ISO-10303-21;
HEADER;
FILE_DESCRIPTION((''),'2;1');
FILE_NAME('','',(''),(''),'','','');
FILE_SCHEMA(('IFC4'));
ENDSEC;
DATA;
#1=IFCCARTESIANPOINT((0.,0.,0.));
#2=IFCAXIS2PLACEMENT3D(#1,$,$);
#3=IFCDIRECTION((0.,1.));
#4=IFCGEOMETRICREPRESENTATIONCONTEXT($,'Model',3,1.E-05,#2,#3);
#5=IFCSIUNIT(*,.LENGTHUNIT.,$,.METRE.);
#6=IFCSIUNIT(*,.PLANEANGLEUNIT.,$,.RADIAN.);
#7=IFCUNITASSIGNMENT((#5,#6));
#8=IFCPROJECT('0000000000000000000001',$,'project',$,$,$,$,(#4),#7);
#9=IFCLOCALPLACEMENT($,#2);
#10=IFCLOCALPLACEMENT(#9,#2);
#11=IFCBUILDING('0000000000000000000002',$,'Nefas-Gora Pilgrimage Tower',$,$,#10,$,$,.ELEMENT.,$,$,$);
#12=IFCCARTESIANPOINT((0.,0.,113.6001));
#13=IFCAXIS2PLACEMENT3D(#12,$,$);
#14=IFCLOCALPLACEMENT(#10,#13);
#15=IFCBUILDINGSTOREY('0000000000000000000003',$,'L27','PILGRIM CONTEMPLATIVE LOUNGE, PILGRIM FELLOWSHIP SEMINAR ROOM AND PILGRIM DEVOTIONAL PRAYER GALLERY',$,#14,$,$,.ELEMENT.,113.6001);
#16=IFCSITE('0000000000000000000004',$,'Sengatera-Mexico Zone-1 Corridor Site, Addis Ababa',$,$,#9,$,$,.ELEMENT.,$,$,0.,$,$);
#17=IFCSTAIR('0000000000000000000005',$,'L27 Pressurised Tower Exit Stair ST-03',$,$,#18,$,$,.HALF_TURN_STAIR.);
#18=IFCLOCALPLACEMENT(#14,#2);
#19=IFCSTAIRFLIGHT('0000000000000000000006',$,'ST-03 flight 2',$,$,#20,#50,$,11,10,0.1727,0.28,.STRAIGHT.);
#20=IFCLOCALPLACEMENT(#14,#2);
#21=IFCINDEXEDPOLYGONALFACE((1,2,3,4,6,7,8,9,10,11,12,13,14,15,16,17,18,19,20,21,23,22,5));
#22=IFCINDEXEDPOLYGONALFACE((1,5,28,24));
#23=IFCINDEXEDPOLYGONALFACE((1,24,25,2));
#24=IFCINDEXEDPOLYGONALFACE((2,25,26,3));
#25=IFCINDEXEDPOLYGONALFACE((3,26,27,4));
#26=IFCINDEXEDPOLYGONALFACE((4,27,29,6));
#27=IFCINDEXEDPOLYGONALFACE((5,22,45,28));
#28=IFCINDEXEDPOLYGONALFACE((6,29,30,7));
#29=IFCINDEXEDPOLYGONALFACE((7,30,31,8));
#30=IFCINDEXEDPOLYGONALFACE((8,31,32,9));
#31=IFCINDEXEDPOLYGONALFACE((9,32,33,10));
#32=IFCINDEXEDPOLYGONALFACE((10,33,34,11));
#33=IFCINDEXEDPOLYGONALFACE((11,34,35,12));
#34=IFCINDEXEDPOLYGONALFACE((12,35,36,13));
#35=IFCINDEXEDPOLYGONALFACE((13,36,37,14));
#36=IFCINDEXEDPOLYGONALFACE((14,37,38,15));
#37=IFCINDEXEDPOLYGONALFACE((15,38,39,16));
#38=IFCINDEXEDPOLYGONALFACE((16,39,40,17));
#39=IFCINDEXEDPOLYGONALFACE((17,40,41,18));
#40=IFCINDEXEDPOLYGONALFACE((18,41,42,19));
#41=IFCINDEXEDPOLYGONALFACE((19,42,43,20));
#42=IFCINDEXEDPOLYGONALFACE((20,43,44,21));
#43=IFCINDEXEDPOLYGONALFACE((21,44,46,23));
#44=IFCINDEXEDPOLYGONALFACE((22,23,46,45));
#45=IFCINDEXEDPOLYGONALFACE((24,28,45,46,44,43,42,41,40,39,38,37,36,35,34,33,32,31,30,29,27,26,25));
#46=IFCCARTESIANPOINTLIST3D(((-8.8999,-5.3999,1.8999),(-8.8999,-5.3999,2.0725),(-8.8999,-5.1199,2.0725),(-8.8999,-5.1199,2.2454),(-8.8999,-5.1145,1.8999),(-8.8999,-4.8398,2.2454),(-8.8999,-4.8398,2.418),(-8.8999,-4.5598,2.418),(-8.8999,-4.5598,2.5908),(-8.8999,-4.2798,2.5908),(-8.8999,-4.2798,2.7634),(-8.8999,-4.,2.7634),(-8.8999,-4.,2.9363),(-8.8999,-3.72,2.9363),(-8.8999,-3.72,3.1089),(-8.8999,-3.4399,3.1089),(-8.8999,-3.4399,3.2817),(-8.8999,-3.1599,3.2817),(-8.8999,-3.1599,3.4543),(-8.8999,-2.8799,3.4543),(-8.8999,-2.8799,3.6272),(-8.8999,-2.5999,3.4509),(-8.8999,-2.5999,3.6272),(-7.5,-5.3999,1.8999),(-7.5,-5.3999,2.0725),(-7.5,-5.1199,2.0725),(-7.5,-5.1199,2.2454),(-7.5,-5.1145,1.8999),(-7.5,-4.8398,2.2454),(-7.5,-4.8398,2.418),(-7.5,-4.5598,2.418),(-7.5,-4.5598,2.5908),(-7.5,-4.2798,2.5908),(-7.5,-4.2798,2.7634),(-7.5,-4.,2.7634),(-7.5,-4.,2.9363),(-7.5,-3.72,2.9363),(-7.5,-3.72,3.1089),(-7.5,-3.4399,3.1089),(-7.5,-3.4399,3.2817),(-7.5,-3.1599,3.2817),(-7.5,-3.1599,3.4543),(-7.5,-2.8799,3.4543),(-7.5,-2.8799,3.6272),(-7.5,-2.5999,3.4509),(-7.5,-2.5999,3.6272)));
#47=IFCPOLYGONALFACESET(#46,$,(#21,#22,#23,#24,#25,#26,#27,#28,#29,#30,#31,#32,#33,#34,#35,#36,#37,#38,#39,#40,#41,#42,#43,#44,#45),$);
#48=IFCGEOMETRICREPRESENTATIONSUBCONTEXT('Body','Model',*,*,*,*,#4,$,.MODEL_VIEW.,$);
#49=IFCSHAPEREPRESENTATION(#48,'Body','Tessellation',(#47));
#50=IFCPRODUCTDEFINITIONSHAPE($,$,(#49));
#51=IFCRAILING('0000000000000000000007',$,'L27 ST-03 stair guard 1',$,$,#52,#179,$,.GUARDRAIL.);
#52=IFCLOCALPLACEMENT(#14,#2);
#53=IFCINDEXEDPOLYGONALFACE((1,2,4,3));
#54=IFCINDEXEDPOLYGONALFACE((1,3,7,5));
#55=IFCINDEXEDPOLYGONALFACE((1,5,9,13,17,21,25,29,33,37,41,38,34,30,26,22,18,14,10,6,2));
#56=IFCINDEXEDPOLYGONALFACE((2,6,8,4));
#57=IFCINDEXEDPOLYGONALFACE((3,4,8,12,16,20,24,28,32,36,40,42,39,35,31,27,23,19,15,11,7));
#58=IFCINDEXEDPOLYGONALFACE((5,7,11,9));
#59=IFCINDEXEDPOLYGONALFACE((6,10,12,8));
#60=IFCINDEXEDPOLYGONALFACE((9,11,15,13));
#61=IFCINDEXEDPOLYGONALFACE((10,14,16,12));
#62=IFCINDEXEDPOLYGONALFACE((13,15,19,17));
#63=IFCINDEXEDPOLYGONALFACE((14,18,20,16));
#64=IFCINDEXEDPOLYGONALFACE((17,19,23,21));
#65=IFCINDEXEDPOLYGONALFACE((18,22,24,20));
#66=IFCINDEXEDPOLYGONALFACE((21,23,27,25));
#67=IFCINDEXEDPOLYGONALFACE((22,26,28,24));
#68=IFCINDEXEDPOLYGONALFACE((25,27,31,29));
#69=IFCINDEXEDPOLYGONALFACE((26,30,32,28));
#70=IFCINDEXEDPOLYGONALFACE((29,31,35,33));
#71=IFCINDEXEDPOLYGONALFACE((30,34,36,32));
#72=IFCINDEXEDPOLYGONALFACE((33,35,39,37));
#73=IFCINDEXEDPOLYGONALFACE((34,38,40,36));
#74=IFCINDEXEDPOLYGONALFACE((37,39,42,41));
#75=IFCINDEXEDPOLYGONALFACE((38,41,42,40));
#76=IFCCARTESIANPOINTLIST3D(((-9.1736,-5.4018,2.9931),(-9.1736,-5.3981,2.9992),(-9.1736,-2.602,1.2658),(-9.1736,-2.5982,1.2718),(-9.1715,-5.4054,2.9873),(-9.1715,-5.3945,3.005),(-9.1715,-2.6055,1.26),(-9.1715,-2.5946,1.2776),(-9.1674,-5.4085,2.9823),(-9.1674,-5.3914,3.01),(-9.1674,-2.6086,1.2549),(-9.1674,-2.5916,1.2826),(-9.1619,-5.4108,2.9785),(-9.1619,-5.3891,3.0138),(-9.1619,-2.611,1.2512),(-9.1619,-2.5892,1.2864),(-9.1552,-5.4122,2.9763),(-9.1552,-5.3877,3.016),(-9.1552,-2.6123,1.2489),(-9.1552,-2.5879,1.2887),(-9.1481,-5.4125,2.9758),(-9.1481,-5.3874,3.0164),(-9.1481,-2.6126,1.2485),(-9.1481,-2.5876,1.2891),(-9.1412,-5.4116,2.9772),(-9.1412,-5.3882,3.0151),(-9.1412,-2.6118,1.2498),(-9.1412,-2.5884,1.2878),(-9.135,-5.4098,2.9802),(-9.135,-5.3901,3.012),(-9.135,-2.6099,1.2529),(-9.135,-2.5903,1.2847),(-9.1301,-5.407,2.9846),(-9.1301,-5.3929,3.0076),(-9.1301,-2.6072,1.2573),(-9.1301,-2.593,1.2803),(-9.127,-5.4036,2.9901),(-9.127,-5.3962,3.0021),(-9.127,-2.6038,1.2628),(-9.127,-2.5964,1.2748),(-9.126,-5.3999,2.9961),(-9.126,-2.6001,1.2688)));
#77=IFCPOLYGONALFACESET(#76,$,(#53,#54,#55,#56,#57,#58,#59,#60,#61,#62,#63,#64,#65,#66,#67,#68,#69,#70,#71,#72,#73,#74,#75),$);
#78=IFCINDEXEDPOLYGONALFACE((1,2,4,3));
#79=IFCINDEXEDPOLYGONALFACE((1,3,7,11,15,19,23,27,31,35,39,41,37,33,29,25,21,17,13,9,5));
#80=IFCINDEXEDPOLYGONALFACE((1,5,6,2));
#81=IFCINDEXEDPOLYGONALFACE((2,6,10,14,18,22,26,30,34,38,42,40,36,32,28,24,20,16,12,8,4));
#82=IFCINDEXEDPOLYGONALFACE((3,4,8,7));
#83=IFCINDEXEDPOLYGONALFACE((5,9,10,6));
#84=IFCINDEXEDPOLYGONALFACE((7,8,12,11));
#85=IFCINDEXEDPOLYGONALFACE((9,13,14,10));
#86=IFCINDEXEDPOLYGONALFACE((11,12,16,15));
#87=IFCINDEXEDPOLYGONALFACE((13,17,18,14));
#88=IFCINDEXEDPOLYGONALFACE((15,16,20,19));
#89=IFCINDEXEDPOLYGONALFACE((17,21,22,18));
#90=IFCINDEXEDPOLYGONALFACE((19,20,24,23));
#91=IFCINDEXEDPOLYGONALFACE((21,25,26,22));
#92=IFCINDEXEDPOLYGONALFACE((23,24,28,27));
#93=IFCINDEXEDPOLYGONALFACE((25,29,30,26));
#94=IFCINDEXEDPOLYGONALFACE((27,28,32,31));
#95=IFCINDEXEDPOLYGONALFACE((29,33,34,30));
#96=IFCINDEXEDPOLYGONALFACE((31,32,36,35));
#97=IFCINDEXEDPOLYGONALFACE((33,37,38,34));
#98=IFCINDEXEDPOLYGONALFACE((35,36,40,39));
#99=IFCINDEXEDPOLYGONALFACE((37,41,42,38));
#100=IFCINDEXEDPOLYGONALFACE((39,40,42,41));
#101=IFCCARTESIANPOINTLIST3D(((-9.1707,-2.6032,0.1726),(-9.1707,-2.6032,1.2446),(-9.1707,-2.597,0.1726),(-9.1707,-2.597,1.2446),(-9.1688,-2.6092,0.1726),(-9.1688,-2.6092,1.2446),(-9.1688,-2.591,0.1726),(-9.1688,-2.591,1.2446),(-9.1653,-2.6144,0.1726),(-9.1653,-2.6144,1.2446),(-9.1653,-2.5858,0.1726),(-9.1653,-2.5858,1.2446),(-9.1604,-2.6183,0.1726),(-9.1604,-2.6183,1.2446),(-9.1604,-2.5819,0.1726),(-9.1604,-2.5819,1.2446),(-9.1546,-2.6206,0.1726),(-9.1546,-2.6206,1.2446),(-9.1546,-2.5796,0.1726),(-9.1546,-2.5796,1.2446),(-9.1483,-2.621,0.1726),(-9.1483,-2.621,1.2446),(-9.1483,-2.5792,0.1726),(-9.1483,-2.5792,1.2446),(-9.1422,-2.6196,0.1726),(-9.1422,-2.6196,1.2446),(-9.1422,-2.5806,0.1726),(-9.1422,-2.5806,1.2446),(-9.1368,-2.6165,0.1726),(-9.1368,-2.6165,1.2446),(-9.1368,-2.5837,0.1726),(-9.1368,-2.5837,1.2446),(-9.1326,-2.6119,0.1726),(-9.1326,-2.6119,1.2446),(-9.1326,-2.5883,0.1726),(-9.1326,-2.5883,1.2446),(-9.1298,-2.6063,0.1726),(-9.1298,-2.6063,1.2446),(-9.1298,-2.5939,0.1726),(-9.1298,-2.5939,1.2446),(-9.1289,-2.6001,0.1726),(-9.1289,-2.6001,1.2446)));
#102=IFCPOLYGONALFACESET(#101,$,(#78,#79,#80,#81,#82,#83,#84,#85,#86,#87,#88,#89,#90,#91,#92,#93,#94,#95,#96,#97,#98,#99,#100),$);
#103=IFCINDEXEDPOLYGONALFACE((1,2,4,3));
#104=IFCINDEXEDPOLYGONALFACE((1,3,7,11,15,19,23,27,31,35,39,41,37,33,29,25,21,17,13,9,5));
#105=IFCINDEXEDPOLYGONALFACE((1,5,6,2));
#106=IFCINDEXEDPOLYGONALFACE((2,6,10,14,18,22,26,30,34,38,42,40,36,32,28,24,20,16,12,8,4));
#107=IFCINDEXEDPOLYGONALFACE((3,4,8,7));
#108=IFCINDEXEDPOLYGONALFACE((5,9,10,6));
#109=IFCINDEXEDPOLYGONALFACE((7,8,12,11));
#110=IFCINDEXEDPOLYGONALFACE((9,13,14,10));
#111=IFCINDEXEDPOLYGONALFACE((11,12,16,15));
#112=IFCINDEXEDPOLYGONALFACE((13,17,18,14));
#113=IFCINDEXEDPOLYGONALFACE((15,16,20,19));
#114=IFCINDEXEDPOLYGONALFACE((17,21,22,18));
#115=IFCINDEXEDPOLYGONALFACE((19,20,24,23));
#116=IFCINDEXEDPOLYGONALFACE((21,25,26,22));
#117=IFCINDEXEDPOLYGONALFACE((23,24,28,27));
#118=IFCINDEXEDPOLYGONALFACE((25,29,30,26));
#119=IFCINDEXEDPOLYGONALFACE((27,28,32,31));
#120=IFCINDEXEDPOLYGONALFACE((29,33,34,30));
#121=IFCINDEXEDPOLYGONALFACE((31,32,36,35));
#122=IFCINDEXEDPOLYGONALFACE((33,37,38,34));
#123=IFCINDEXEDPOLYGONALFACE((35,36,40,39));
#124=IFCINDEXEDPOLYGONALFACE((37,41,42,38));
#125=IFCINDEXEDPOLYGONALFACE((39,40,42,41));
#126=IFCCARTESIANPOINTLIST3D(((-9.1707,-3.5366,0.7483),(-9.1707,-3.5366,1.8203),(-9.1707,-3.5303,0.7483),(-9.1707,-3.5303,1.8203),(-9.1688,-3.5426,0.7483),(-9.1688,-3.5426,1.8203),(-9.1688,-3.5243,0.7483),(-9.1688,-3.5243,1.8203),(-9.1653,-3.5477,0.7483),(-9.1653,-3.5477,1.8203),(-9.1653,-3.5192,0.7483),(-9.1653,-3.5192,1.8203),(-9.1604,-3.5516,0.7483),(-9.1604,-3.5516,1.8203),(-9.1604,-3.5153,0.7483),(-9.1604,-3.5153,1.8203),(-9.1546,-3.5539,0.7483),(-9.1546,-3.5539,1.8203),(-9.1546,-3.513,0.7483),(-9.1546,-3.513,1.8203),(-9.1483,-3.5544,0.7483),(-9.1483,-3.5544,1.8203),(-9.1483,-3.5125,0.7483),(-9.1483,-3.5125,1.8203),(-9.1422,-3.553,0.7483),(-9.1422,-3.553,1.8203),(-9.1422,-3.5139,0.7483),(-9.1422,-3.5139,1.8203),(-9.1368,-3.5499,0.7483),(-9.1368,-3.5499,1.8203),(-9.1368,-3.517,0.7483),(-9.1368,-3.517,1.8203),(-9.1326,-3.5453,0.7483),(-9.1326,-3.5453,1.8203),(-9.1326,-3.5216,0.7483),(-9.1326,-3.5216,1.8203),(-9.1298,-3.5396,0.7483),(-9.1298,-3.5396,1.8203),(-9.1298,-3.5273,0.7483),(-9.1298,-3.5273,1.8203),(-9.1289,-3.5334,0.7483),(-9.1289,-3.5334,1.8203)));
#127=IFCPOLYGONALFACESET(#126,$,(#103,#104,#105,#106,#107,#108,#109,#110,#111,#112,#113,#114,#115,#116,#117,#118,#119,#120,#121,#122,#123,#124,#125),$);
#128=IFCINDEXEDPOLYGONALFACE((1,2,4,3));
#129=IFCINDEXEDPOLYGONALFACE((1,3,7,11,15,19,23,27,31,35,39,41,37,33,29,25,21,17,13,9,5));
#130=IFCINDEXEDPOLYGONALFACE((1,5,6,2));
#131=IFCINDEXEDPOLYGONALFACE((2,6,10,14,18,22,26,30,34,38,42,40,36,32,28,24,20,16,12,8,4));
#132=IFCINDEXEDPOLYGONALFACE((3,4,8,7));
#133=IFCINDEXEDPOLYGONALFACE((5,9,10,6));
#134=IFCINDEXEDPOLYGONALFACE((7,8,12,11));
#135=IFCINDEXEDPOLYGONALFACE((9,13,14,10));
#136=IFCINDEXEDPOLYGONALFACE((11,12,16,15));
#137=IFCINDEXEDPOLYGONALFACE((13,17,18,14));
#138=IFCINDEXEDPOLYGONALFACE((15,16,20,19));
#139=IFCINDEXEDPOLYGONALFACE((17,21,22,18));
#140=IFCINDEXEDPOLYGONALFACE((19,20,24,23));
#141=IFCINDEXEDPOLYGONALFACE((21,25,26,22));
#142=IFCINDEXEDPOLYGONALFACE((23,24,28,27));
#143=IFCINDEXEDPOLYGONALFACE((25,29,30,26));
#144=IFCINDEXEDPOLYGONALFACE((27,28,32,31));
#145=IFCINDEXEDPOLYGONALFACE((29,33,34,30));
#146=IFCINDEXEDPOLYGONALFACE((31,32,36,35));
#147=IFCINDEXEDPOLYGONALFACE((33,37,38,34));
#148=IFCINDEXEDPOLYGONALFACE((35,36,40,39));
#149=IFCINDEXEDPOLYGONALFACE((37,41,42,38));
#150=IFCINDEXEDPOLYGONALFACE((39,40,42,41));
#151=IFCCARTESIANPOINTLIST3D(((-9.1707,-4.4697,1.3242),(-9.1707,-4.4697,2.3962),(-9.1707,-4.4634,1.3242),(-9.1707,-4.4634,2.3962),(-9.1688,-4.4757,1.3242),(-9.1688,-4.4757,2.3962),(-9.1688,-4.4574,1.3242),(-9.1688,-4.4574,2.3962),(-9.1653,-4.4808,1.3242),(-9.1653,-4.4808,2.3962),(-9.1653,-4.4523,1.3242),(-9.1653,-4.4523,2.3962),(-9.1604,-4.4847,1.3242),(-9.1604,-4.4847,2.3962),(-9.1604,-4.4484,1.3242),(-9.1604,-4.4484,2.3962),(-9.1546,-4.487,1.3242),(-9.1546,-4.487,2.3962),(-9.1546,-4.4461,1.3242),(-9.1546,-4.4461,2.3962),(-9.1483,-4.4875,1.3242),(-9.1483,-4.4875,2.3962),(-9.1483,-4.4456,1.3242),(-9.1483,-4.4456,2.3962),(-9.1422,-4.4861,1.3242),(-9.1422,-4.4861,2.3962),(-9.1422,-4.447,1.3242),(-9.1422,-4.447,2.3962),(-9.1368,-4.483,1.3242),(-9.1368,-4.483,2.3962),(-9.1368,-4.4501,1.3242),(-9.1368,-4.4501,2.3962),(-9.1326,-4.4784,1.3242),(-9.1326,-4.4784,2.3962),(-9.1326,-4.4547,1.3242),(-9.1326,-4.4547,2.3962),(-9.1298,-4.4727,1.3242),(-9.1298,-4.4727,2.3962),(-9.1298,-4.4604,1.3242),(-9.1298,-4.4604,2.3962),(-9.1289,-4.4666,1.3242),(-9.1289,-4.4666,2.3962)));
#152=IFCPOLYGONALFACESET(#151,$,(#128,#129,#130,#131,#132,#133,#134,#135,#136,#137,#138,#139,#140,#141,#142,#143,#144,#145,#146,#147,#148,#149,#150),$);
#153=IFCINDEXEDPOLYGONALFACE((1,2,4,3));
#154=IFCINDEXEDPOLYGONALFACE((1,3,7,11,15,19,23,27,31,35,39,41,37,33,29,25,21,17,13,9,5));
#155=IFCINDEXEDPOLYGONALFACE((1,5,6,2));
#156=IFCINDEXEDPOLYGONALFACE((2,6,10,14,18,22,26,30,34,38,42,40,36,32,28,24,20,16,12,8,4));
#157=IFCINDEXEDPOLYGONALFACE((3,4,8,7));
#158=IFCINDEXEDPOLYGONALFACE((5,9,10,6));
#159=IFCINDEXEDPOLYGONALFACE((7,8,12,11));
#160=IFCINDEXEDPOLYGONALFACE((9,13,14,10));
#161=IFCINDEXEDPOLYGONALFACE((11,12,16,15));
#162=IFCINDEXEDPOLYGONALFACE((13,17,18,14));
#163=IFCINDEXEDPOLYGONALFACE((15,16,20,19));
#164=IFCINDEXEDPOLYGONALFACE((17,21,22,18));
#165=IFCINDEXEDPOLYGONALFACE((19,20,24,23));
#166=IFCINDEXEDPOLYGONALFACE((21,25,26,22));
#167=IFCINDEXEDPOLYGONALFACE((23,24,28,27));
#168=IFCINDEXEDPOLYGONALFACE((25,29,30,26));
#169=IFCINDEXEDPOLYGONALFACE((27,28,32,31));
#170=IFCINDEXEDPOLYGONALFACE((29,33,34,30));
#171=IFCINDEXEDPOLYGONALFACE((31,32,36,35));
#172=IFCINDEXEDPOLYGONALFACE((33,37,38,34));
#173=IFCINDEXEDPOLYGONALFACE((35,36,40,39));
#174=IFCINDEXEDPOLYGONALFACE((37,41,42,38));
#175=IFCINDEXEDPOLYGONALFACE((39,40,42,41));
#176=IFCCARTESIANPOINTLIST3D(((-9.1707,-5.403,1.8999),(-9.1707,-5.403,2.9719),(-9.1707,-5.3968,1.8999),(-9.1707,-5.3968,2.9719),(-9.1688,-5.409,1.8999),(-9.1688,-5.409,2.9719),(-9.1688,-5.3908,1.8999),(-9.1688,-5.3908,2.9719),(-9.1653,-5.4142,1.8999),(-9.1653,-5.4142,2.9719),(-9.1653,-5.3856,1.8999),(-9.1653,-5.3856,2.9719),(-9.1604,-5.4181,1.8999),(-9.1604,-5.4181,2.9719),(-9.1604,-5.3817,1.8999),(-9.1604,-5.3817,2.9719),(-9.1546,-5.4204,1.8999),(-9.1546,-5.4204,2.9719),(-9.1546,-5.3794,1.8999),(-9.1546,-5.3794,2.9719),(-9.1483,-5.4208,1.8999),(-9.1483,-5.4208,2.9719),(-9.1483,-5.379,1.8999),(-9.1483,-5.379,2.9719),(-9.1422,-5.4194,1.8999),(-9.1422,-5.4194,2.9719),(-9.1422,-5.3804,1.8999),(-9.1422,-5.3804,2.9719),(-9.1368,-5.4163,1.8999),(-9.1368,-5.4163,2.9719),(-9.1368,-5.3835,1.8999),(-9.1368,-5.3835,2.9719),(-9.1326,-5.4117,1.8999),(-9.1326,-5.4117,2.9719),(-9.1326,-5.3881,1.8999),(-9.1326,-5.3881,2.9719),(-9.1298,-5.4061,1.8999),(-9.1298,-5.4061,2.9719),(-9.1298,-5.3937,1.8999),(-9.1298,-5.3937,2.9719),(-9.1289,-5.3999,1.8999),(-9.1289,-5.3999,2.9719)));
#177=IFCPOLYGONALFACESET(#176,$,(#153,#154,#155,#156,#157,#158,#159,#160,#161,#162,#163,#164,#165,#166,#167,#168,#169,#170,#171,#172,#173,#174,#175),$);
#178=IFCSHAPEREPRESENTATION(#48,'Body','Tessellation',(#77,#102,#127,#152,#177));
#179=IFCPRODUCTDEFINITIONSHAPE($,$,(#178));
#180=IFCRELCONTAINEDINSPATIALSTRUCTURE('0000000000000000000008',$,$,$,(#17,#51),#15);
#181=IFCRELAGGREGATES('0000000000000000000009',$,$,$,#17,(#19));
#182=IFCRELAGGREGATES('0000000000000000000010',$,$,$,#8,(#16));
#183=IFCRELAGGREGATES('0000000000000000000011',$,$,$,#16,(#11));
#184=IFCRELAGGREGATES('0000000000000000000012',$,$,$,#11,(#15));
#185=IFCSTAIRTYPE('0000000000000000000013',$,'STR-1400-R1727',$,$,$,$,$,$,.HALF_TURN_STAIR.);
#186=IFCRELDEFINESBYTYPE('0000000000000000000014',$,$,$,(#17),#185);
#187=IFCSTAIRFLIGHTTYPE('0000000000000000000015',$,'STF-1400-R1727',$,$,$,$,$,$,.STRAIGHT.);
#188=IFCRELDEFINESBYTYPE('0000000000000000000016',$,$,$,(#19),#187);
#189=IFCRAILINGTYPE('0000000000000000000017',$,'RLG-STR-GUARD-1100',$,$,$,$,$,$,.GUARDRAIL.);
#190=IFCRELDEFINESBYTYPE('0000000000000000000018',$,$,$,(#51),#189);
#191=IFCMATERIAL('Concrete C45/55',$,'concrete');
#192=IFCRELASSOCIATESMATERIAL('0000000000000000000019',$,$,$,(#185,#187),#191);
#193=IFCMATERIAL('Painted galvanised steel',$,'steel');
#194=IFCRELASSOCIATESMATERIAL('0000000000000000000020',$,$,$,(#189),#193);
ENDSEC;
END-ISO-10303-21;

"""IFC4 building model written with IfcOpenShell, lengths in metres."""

from ifc_helpers import new_model, si_unit, direction, frame, origin, origin_2d, place, context, subcontext, project, spatial, polyline, circle, outline, extrude, source, transform, mapped, material, type_object, element, aggregate, save


model = new_model("IFC4")

# Units and contexts
model_context = context("Model", 3, precision=1e-05, world=origin(), true_north=direction((0.0, 1.0)))
body_context = subcontext(model_context, "Body", "Model", "MODEL_VIEW")
ifc_project = project(units=[si_unit("LENGTHUNIT", "METRE"), si_unit("PLANEANGLEUNIT", "RADIAN")], contexts=[model_context])

# Site, building, storey
site_placement = place(None, origin())
site = spatial("IfcSite", under=ifc_project, at=site_placement, Name="Sengatera-Mexico Zone-1 Corridor Site, Addis Ababa", CompositionType="ELEMENT", RefElevation=0.0)
building_placement = place(site_placement, origin())
building = spatial("IfcBuilding", under=site, at=building_placement, Name="Nefas-Gora Pilgrimage Tower", CompositionType="ELEMENT")
storey_placement = place(building_placement, frame((0.0, 0.0, 113.6001)))
storey = spatial("IfcBuildingStorey", under=building, at=storey_placement, Name="L27", Description="PILGRIM CONTEMPLATIVE LOUNGE, PILGRIM FELLOWSHIP SEMINAR ROOM AND PILGRIM DEVOTIONAL PRAYER GALLERY", CompositionType="ELEMENT", Elevation=113.6001)

# Shared definitions
ifc_material_1 = material(Name="Concrete C45/55", Category="concrete")

# Stair, stair flight
stair_type = type_object("IfcStairType", Name="STR-1400-R1727", PredefinedType="HALF_TURN_STAIR", material=ifc_material_1)
stair_placement = place(storey_placement, origin())
stair = element("IfcStair", 1, at=stair_placement, inside=storey, type_object=stair_type, Name="L27 Pressurised Tower Exit Stair ST-03", PredefinedType="HALF_TURN_STAIR")
stair_flight_type = type_object("IfcStairFlightType", Name="STF-1400-R1727", PredefinedType="STRAIGHT", material=ifc_material_1)
shared_shape_1 = source(origin(), body_context, "Body", "SweptSolid", [
    extrude(outline(polyline([(0.0, 0.0), (0.0, 0.1726), (0.28, 0.1726), (0.28, 0.3455), (0.5601, 0.3455), (0.5601, 0.5181), (0.8401, 0.5181), (0.8401, 0.6909), (1.1201, 0.6909), (1.1201, 0.8635), (1.3999, 0.8635), (1.3999, 1.0364), (1.6799, 1.0364), (1.6799, 1.209), (1.96, 1.209), (1.96, 1.3818), (2.24, 1.3818), (2.24, 1.5544), (2.52, 1.5544), (2.52, 1.7273), (2.8, 1.7273), (2.8, 1.8999), (2.8, 1.551), (0.2854, 0.0), (0.0, 0.0)])), frame((0.0, 0.7, 0.0), z_axis=(0.0, -1.0, 0.0), x_axis=(1.0, 0.0, 0.0)), (0.0, 0.0, 1.0), 1.3999),
])
stair_flight_1_placement = place(storey_placement, frame((-8.2, -5.3999, 1.8999), z_axis=(0.0, 0.0, 1.0), x_axis=(0.0, 1.0, 0.0)))
stair_flight_1 = element("IfcStairFlight", 2, at=stair_flight_1_placement, type_object=stair_flight_type, Name="ST-03 flight 2", NumberOfRisers=11, NumberOfTreads=10, PredefinedType="STRAIGHT", RiserHeight=0.1727, TreadLength=0.28, context=body_context, shape_type="MappedRepresentation", body=[
    mapped(shared_shape_1, transform((0.0, 0.0, 0.0), x_axis=(1.0, 0.0, 0.0), y_axis=(0.0, 1.0, 0.0), z_axis=(0.0, 0.0, 1.0), scale=1.0)),
])
aggregate(stair, [stair_flight_1])

# Railing
ifc_material_2 = material(Name="Painted galvanised steel", Category="steel")
railing_type_1 = type_object("IfcRailingType", Name="RLG-STR-GUARD-1100", PredefinedType="GUARDRAIL", material=ifc_material_2)
railing_1_placement = place(storey_placement, frame((-9.1499, -2.6001, 0.1726)))
element("IfcRailing", 3, at=railing_1_placement, inside=storey, type_object=railing_type_1, Name="L27 ST-03 stair guard 1", PredefinedType="GUARDRAIL", context=body_context, shape_type="SweptSolid", body=[
    extrude(circle(Radius=0.0239, at=origin_2d()), frame((0.0, 0.0, 1.0962), z_axis=(0.0, -0.851069, 0.525054), x_axis=(1.0, 0.0, 0.0)), (0.0, 0.0, 1.0), 3.2898),
    extrude(circle(Radius=0.021, at=origin_2d()), origin(), (0.0, 0.0, 1.0), 1.072),
    extrude(circle(Radius=0.021, at=origin_2d()), frame((0.0, -0.9333, 0.5757)), (0.0, 0.0, 1.0), 1.072),
    extrude(circle(Radius=0.021, at=origin_2d()), frame((0.0, -1.8665, 1.1516)), (0.0, 0.0, 1.0), 1.072),
    extrude(circle(Radius=0.021, at=origin_2d()), frame((0.0, -2.7998, 1.7273)), (0.0, 0.0, 1.0), 1.072),
])

save(model, "model.ifc")
